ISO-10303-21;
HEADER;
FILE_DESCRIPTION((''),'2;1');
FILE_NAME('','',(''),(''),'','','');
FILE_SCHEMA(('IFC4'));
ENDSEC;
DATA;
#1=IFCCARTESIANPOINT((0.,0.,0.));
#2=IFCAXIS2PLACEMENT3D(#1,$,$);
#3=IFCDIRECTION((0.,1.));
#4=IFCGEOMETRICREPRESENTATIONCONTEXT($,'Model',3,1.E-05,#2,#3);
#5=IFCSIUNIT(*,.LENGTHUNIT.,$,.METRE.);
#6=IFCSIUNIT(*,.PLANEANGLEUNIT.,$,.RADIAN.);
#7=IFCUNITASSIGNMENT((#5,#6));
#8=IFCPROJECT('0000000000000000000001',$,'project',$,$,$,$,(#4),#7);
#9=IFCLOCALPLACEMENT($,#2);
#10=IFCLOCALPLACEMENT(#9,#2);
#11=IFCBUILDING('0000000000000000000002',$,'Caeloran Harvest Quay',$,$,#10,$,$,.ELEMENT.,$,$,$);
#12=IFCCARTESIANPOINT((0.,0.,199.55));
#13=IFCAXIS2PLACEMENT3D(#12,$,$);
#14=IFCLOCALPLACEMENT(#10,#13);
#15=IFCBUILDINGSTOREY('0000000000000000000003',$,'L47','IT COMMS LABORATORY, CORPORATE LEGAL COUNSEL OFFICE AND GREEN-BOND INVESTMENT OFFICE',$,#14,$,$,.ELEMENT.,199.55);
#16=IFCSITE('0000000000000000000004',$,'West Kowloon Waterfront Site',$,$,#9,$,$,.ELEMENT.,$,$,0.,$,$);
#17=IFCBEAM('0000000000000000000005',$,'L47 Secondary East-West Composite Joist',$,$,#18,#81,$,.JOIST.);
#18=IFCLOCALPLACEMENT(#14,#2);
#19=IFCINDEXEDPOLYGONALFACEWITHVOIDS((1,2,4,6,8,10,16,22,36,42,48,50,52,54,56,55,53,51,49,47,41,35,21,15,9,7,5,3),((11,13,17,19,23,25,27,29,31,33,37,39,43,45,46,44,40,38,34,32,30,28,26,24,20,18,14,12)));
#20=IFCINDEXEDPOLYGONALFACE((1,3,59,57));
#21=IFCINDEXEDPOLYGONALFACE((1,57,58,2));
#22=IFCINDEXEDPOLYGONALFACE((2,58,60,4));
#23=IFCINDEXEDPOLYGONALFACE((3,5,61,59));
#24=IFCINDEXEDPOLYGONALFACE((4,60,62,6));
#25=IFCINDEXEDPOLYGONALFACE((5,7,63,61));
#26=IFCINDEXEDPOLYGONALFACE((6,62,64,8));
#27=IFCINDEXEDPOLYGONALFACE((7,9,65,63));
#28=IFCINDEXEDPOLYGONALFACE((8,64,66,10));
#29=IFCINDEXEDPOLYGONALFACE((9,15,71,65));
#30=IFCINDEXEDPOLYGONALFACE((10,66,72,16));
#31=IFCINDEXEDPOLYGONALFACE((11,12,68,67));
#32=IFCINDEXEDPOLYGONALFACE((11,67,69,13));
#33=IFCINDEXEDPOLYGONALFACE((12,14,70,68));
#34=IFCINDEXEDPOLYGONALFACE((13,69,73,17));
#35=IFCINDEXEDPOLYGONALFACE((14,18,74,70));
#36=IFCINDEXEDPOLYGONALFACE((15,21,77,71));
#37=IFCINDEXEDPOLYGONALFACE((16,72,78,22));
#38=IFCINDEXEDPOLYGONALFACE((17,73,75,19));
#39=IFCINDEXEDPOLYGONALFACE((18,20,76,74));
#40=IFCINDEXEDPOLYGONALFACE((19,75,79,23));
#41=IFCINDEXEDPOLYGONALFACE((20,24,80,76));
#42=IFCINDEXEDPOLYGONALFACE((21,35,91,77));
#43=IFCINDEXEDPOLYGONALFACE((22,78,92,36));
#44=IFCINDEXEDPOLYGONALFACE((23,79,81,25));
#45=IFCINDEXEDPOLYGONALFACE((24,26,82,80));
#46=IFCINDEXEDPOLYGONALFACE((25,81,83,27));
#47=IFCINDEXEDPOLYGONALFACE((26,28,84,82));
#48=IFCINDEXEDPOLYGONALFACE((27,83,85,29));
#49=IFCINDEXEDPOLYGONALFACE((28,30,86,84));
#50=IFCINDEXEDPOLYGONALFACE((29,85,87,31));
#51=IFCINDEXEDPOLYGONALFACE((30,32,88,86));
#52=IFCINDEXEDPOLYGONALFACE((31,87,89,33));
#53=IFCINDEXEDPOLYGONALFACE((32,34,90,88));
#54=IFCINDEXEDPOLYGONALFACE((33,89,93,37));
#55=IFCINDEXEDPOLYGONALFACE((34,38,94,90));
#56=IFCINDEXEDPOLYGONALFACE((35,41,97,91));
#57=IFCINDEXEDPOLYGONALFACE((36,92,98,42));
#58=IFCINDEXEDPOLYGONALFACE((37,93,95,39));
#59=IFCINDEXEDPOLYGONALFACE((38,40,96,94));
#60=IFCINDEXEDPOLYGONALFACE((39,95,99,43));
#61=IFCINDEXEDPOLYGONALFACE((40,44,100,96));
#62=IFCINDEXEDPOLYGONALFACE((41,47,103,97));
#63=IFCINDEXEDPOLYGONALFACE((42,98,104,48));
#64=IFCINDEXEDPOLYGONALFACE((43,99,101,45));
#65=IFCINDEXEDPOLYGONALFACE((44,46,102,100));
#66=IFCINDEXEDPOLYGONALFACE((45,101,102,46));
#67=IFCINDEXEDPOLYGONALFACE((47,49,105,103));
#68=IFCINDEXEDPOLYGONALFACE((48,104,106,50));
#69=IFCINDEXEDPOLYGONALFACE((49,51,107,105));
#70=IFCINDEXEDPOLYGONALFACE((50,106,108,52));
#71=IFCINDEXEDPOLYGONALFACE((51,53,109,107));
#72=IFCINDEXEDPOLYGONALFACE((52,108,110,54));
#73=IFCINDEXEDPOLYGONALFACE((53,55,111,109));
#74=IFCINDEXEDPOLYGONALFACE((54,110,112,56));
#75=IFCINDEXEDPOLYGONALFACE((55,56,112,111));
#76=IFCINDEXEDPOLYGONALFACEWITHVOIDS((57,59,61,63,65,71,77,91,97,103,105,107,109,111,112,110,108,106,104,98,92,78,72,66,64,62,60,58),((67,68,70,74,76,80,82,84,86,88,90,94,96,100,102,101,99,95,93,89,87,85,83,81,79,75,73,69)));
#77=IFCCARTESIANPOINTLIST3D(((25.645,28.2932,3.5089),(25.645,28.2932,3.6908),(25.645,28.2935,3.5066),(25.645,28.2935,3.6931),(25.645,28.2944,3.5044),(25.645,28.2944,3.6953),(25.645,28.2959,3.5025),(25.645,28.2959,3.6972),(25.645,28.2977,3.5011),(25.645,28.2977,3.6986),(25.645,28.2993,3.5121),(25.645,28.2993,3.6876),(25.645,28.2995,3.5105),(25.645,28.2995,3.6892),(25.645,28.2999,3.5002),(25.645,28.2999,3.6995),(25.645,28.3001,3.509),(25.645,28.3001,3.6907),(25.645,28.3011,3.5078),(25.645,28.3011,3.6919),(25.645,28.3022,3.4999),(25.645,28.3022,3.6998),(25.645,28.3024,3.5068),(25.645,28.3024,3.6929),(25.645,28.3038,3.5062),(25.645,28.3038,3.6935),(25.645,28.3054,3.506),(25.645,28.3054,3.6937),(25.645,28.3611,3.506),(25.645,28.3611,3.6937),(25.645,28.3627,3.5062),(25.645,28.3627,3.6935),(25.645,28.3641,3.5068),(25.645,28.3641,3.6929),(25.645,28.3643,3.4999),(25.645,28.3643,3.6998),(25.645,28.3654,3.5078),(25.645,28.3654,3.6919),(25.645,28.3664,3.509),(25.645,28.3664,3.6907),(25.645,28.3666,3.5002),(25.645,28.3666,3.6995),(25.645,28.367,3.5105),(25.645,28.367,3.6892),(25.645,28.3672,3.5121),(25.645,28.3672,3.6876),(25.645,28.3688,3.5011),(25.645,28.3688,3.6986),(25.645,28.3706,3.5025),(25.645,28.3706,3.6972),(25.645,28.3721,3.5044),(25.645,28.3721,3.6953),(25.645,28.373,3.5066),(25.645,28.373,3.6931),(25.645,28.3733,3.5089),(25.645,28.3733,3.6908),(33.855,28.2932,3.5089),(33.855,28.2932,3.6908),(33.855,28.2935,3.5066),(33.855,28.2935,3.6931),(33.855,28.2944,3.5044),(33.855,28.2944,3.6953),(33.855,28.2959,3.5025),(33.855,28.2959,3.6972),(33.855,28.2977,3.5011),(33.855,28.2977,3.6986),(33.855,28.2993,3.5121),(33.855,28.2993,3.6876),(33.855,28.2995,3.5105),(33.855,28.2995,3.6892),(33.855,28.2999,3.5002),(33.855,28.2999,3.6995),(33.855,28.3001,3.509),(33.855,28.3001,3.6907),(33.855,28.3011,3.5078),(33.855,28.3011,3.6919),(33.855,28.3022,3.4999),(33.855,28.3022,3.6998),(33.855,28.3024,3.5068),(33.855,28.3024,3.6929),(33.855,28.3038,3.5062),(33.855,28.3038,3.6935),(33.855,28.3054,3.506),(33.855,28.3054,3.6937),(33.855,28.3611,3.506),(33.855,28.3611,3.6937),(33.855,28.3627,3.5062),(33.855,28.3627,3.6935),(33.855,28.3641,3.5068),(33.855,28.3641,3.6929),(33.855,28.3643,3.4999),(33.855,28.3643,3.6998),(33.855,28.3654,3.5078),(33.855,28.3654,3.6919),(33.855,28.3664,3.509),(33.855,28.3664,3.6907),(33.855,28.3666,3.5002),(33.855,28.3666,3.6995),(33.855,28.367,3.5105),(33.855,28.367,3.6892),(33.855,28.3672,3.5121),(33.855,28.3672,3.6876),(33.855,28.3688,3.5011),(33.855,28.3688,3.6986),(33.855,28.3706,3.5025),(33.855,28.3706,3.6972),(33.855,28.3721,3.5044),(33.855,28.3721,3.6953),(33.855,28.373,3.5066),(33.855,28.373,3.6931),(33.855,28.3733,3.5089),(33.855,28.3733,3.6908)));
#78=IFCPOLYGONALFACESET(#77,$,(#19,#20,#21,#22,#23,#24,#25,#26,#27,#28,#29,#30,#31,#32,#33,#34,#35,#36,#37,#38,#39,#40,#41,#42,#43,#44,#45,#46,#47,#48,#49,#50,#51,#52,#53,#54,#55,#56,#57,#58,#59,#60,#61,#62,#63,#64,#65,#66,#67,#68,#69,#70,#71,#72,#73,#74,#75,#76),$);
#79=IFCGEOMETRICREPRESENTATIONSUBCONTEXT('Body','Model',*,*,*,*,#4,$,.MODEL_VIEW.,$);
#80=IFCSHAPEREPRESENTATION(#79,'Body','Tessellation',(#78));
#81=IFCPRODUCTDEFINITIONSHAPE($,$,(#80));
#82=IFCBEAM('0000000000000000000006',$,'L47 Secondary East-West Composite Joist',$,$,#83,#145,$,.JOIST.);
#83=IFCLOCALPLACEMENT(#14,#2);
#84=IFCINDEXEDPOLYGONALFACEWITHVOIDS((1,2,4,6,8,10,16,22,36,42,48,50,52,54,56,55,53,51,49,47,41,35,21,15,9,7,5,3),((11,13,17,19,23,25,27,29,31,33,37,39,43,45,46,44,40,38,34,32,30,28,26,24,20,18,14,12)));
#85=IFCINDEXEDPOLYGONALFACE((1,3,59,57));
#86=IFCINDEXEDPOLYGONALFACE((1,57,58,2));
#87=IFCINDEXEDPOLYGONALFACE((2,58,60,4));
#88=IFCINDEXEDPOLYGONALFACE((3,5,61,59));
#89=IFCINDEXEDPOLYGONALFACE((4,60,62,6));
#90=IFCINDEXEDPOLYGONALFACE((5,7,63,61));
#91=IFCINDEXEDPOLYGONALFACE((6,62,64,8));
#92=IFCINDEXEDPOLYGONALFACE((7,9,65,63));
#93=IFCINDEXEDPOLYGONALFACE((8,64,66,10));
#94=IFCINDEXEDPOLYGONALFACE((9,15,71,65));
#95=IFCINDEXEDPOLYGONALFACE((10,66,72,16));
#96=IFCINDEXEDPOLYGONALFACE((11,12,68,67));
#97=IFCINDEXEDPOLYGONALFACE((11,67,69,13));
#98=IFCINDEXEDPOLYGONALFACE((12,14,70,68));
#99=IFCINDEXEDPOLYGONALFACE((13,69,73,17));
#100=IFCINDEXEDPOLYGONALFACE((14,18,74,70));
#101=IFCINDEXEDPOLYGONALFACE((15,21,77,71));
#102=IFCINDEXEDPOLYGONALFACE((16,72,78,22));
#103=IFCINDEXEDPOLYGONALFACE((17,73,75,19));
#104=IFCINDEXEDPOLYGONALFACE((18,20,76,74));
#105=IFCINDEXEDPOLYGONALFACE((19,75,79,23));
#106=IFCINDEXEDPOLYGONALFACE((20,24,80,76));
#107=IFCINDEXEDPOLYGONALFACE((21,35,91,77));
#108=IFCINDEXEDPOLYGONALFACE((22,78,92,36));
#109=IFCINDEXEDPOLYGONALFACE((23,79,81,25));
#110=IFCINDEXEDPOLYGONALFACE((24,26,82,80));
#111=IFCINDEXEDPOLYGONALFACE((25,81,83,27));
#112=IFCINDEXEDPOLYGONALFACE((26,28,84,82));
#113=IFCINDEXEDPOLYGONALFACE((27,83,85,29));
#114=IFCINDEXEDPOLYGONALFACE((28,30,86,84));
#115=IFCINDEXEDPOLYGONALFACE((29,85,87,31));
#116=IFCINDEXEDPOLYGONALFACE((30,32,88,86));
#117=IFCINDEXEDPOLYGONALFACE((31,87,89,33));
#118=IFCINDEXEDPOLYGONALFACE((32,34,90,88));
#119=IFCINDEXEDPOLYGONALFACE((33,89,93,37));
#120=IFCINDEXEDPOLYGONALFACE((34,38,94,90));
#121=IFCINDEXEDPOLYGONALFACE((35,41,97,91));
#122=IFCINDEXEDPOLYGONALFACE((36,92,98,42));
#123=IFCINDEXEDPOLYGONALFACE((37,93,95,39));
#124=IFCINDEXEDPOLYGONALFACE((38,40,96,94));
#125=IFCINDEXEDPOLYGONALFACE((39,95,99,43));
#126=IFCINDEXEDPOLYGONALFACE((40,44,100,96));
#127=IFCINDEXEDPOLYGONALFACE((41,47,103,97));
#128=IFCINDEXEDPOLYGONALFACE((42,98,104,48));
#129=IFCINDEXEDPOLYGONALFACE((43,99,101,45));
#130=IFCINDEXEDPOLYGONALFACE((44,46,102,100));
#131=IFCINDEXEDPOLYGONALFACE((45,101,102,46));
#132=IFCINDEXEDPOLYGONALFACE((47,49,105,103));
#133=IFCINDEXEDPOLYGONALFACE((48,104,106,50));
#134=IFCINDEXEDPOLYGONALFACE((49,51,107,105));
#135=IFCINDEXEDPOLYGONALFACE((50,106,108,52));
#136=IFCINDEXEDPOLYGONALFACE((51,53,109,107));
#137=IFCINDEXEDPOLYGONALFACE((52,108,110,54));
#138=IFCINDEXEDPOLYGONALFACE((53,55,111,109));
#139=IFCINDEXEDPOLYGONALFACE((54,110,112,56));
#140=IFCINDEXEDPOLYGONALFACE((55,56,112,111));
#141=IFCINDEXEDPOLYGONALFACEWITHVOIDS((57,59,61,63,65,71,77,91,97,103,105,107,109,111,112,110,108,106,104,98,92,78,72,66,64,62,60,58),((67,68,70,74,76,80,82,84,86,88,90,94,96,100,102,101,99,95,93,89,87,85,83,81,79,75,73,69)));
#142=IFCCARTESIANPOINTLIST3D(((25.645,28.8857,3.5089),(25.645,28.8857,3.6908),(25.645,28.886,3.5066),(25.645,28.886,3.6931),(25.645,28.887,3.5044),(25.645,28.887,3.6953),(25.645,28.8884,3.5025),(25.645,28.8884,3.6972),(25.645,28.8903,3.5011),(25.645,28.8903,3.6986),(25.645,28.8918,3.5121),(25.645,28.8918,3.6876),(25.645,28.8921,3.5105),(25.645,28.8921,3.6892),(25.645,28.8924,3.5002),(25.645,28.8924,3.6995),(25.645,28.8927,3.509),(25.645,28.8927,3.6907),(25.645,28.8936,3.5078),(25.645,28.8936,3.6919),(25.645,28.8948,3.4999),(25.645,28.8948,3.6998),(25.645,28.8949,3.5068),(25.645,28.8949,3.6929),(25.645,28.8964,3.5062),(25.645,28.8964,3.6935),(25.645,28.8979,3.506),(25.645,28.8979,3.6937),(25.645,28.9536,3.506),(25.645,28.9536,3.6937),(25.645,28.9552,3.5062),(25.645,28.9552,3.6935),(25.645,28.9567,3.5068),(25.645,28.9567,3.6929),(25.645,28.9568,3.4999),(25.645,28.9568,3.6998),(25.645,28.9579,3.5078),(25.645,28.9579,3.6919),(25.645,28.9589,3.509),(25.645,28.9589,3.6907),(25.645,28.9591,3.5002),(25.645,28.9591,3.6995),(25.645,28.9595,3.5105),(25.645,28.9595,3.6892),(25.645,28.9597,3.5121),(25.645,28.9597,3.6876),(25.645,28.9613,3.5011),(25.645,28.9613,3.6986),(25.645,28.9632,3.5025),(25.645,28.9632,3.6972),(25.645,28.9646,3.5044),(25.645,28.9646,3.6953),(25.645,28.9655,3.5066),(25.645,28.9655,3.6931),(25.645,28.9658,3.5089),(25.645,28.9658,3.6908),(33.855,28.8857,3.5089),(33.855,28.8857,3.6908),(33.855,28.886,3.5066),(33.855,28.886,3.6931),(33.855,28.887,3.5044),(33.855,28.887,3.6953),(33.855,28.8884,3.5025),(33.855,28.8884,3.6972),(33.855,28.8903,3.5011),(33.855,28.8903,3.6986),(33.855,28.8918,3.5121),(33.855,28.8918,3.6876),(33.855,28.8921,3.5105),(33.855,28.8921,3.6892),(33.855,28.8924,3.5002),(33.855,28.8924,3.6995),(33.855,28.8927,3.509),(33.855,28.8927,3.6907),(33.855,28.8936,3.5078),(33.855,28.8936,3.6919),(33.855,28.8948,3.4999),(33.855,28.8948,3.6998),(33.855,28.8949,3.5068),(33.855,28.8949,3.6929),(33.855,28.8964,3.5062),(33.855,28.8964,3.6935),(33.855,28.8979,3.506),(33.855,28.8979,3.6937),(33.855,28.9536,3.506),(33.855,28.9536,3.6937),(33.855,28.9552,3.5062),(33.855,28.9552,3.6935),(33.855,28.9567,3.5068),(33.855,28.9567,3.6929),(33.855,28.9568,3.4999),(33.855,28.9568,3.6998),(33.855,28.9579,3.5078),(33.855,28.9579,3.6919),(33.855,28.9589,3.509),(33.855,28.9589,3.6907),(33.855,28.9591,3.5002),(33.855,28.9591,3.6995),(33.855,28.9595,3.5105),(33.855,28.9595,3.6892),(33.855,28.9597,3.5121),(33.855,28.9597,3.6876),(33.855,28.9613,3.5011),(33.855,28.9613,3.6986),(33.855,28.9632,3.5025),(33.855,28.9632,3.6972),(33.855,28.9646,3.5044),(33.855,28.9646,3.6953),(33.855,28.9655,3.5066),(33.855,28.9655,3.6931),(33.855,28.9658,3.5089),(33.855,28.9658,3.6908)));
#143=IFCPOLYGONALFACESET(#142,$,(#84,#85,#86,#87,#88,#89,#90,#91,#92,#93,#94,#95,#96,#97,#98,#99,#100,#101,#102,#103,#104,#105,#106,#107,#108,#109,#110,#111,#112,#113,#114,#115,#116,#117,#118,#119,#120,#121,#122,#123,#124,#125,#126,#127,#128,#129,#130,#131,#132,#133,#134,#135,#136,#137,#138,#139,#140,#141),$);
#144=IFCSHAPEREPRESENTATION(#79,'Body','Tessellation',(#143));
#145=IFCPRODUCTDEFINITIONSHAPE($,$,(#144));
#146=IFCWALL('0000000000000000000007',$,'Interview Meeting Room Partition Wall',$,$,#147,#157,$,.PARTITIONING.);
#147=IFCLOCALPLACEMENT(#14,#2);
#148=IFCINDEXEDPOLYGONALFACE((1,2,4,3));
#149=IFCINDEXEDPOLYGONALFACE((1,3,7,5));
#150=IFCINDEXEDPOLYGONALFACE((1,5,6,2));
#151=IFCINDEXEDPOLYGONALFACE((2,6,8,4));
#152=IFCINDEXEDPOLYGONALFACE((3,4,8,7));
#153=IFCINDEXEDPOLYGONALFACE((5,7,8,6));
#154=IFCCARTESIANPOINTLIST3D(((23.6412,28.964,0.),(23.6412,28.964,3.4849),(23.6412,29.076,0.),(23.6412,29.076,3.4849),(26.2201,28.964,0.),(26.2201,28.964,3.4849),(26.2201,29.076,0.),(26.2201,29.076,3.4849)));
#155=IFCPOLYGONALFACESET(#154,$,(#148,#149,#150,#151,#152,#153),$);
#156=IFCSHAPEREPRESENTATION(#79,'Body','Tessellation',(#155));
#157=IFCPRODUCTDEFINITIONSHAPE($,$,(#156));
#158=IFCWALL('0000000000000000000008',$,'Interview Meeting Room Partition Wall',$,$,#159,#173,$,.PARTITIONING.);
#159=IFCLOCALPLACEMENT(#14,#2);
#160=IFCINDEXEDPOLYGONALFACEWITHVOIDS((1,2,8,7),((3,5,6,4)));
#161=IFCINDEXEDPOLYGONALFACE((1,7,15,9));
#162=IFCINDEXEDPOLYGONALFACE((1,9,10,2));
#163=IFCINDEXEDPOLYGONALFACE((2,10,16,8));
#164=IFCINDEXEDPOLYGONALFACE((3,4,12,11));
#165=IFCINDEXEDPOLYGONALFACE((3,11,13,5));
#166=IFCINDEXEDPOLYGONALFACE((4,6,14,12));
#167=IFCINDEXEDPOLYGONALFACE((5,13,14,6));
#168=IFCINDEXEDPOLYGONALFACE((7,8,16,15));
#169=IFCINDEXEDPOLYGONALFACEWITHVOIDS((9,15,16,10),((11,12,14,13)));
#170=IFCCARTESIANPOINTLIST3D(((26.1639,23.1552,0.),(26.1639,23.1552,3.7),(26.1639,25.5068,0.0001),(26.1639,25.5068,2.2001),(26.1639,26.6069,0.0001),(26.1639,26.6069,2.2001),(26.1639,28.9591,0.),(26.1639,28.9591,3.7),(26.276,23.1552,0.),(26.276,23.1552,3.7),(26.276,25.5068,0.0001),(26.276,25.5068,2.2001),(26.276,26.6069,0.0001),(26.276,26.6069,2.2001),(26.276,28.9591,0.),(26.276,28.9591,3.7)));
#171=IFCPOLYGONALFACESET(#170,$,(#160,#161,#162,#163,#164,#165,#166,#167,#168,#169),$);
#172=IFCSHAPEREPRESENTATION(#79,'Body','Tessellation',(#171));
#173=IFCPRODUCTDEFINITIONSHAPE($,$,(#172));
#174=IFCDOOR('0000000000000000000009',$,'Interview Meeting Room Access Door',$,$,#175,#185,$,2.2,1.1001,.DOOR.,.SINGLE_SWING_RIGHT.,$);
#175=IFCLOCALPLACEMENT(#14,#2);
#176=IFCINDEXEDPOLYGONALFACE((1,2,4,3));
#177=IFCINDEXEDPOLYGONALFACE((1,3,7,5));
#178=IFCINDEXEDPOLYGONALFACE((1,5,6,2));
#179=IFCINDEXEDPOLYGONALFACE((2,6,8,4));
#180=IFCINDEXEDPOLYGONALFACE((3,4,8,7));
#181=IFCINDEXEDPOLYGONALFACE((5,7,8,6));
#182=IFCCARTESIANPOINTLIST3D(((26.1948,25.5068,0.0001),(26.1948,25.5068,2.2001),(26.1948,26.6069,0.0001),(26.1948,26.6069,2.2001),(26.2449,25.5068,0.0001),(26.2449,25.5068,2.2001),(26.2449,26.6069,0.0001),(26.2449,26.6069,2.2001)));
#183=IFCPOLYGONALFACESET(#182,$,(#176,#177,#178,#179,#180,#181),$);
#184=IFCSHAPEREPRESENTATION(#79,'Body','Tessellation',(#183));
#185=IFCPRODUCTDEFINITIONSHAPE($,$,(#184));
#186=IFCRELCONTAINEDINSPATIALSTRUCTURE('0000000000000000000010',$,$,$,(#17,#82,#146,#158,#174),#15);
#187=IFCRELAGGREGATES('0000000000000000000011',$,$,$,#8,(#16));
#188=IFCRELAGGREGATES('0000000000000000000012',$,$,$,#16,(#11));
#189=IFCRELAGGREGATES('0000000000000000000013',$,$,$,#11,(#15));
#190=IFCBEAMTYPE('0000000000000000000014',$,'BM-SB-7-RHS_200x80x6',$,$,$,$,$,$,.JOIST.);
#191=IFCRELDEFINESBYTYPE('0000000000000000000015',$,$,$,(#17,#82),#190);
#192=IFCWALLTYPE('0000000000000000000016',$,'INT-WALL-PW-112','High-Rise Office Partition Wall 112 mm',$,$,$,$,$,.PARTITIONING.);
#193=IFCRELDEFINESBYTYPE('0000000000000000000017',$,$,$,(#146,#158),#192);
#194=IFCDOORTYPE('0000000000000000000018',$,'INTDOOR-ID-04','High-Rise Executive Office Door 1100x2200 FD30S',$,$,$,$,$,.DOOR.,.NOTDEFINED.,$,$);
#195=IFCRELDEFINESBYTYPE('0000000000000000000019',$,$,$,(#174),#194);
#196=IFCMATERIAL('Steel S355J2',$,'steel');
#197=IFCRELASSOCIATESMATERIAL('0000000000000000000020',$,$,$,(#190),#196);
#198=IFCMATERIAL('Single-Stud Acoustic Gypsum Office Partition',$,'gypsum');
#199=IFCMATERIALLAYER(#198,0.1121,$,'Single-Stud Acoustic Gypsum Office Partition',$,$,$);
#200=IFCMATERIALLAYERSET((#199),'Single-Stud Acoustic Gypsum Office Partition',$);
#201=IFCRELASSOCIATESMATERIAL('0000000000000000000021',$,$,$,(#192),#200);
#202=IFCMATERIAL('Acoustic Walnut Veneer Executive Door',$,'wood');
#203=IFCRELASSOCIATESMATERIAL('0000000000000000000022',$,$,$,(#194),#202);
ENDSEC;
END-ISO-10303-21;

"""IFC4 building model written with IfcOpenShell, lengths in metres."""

from ifc_helpers import new_model, si_unit, direction, frame, frame_2d, origin, origin_2d, place, context, subcontext, project, spatial, rectangle, hollow_rectangle, extrude, material, layer, layer_set, material_profile, profile_set, type_object, element, fill, save


model = new_model("IFC4")

# Units and contexts
model_context = context("Model", 3, precision=1e-05, world=origin(), true_north=direction((0.0, 1.0)))
body_context = subcontext(model_context, "Body", "Model", "MODEL_VIEW")
ifc_project = project(units=[si_unit("LENGTHUNIT", "METRE"), si_unit("PLANEANGLEUNIT", "RADIAN")], contexts=[model_context])

# Site, building, storey
site_placement = place(None, origin())
site = spatial("IfcSite", under=ifc_project, at=site_placement, Name="West Kowloon Waterfront Site", CompositionType="ELEMENT", RefElevation=0.0)
building_placement = place(site_placement, origin())
building = spatial("IfcBuilding", under=site, at=building_placement, Name="Caeloran Harvest Quay", CompositionType="ELEMENT")
storey_placement = place(building_placement, frame((0.0, 0.0, 199.55)))
storey = spatial("IfcBuildingStorey", under=building, at=storey_placement, Name="L47", Description="IT COMMS LABORATORY, CORPORATE LEGAL COUNSEL OFFICE AND GREEN-BOND INVESTMENT OFFICE", CompositionType="ELEMENT", Elevation=199.55)

# Beams
ifc_material_1 = material(Name="Steel S355J2", Category="steel")
ifc_material_profile_1 = material_profile(ifc_material_1, hollow_rectangle(XDim=0.0801, YDim=0.2, WallThickness=0.0061, InnerFilletRadius=0.0061, OuterFilletRadius=0.009, at=origin_2d()), Name="RHS 200x80x6")
ifc_profile_set_1 = profile_set([ifc_material_profile_1], Name="Steel S355J2")
beam_type_1 = type_object("IfcBeamType", Name="BM-SB-7-RHS_200x80x6", PredefinedType="JOIST", material=ifc_profile_set_1)
for number, where, z_axis, x_axis, name in (
    (1, (25.645, 28.3333, 3.5999), (1.0, 0.0, 0.0), (0.0, 1.0, 0.0), "L47 Secondary East-West Composite Joist"),
    (2, (25.645, 28.9258, 3.5999), (1.0, 0.0, 0.0), (0.0, 1.0, 0.0), "L47 Secondary East-West Composite Joist"),
):
    element("IfcBeam", number, at=place(storey_placement, frame(where, z_axis=z_axis, x_axis=x_axis)), inside=storey, type_object=beam_type_1, Name=name, PredefinedType="JOIST", context=body_context, shape_type="SweptSolid", body=[
        extrude(hollow_rectangle(XDim=0.0801, YDim=0.2, WallThickness=0.0061, InnerFilletRadius=0.0061, OuterFilletRadius=0.009, at=origin_2d()), origin(), (0.0, 0.0, 1.0), 8.21),
    ])

# Wall
ifc_material_2 = material(Name="Single-Stud Acoustic Gypsum Office Partition", Category="gypsum")
ifc_layer = layer(ifc_material_2, 0.1121, Name="Single-Stud Acoustic Gypsum Office Partition")
ifc_layer_set = layer_set([ifc_layer], Name="Single-Stud Acoustic Gypsum Office Partition")
wall_type = type_object("IfcWallType", Name="INT-WALL-PW-112", Description="High-Rise Office Partition Wall 112 mm", PredefinedType="PARTITIONING", material=ifc_layer_set)
wall_1_placement = place(storey_placement, frame((23.6411, 29.02, 0.0), z_axis=(0.0, 0.0, 1.0), x_axis=(1.0, 0.0, 0.0)))
element("IfcWall", 3, at=wall_1_placement, inside=storey, type_object=wall_type, Name="Interview Meeting Room Partition Wall", PredefinedType="PARTITIONING", context=body_context, shape_type="SweptSolid", body=[
    extrude(rectangle(XDim=2.5789, YDim=0.1121, at=frame_2d((1.2896, 0.0))), origin(), (0.0, 0.0, 1.0), 3.4849),
])

# Wall, opening, door
wall_2_placement = place(storey_placement, frame((26.22, 28.959, 0.0), z_axis=(0.0, 0.0, 1.0), x_axis=(0.0, -1.0, 0.0)))
wall_2 = element("IfcWall", 4, at=wall_2_placement, inside=storey, type_object=wall_type, Name="Interview Meeting Room Partition Wall", PredefinedType="PARTITIONING", context=body_context, shape_type="SweptSolid", body=[
    extrude(rectangle(XDim=5.804, YDim=0.1121, at=frame_2d((2.9019, 0.0))), origin(), (0.0, 0.0, 1.0), 3.7),
])
opening_placement = place(wall_2_placement, frame((2.3521, 0.0, 0.0)))
opening = element("IfcOpeningElement", 5, at=opening_placement, cuts=wall_2, PredefinedType="OPENING", context=body_context, shape_type="SweptSolid", body=[
    extrude(rectangle(XDim=1.1001, YDim=2.2, at=frame_2d((0.55, 1.1001))), frame((0.0, 0.0659, 0.0), z_axis=(0.0, -1.0, 0.0), x_axis=(1.0, 0.0, 0.0)), (0.0, 0.0, 1.0), 0.1321),
])
ifc_material_3 = material(Name="Acoustic Walnut Veneer Executive Door", Category="wood")
door_type = type_object("IfcDoorType", Name="INTDOOR-ID-04", Description="High-Rise Executive Office Door 1100x2200 FD30S", OperationType="NOTDEFINED", PredefinedType="DOOR", material=ifc_material_3)
door_placement = place(opening_placement, origin())
door = element("IfcDoor", 6, at=door_placement, inside=storey, type_object=door_type, Name="Interview Meeting Room Access Door", OperationType="SINGLE_SWING_RIGHT", OverallHeight=2.2, OverallWidth=1.1001, PredefinedType="DOOR", context=body_context, shape_type="SweptSolid", body=[
    extrude(rectangle(XDim=1.1001, YDim=2.2, at=frame_2d((0.55, 1.1001))), frame((0.0, 0.0249, 0.0), z_axis=(0.0, -1.0, 0.0), x_axis=(1.0, 0.0, 0.0)), (0.0, 0.0, 1.0), 0.05),
])
fill(opening, door)

save(model, "model.ifc")
